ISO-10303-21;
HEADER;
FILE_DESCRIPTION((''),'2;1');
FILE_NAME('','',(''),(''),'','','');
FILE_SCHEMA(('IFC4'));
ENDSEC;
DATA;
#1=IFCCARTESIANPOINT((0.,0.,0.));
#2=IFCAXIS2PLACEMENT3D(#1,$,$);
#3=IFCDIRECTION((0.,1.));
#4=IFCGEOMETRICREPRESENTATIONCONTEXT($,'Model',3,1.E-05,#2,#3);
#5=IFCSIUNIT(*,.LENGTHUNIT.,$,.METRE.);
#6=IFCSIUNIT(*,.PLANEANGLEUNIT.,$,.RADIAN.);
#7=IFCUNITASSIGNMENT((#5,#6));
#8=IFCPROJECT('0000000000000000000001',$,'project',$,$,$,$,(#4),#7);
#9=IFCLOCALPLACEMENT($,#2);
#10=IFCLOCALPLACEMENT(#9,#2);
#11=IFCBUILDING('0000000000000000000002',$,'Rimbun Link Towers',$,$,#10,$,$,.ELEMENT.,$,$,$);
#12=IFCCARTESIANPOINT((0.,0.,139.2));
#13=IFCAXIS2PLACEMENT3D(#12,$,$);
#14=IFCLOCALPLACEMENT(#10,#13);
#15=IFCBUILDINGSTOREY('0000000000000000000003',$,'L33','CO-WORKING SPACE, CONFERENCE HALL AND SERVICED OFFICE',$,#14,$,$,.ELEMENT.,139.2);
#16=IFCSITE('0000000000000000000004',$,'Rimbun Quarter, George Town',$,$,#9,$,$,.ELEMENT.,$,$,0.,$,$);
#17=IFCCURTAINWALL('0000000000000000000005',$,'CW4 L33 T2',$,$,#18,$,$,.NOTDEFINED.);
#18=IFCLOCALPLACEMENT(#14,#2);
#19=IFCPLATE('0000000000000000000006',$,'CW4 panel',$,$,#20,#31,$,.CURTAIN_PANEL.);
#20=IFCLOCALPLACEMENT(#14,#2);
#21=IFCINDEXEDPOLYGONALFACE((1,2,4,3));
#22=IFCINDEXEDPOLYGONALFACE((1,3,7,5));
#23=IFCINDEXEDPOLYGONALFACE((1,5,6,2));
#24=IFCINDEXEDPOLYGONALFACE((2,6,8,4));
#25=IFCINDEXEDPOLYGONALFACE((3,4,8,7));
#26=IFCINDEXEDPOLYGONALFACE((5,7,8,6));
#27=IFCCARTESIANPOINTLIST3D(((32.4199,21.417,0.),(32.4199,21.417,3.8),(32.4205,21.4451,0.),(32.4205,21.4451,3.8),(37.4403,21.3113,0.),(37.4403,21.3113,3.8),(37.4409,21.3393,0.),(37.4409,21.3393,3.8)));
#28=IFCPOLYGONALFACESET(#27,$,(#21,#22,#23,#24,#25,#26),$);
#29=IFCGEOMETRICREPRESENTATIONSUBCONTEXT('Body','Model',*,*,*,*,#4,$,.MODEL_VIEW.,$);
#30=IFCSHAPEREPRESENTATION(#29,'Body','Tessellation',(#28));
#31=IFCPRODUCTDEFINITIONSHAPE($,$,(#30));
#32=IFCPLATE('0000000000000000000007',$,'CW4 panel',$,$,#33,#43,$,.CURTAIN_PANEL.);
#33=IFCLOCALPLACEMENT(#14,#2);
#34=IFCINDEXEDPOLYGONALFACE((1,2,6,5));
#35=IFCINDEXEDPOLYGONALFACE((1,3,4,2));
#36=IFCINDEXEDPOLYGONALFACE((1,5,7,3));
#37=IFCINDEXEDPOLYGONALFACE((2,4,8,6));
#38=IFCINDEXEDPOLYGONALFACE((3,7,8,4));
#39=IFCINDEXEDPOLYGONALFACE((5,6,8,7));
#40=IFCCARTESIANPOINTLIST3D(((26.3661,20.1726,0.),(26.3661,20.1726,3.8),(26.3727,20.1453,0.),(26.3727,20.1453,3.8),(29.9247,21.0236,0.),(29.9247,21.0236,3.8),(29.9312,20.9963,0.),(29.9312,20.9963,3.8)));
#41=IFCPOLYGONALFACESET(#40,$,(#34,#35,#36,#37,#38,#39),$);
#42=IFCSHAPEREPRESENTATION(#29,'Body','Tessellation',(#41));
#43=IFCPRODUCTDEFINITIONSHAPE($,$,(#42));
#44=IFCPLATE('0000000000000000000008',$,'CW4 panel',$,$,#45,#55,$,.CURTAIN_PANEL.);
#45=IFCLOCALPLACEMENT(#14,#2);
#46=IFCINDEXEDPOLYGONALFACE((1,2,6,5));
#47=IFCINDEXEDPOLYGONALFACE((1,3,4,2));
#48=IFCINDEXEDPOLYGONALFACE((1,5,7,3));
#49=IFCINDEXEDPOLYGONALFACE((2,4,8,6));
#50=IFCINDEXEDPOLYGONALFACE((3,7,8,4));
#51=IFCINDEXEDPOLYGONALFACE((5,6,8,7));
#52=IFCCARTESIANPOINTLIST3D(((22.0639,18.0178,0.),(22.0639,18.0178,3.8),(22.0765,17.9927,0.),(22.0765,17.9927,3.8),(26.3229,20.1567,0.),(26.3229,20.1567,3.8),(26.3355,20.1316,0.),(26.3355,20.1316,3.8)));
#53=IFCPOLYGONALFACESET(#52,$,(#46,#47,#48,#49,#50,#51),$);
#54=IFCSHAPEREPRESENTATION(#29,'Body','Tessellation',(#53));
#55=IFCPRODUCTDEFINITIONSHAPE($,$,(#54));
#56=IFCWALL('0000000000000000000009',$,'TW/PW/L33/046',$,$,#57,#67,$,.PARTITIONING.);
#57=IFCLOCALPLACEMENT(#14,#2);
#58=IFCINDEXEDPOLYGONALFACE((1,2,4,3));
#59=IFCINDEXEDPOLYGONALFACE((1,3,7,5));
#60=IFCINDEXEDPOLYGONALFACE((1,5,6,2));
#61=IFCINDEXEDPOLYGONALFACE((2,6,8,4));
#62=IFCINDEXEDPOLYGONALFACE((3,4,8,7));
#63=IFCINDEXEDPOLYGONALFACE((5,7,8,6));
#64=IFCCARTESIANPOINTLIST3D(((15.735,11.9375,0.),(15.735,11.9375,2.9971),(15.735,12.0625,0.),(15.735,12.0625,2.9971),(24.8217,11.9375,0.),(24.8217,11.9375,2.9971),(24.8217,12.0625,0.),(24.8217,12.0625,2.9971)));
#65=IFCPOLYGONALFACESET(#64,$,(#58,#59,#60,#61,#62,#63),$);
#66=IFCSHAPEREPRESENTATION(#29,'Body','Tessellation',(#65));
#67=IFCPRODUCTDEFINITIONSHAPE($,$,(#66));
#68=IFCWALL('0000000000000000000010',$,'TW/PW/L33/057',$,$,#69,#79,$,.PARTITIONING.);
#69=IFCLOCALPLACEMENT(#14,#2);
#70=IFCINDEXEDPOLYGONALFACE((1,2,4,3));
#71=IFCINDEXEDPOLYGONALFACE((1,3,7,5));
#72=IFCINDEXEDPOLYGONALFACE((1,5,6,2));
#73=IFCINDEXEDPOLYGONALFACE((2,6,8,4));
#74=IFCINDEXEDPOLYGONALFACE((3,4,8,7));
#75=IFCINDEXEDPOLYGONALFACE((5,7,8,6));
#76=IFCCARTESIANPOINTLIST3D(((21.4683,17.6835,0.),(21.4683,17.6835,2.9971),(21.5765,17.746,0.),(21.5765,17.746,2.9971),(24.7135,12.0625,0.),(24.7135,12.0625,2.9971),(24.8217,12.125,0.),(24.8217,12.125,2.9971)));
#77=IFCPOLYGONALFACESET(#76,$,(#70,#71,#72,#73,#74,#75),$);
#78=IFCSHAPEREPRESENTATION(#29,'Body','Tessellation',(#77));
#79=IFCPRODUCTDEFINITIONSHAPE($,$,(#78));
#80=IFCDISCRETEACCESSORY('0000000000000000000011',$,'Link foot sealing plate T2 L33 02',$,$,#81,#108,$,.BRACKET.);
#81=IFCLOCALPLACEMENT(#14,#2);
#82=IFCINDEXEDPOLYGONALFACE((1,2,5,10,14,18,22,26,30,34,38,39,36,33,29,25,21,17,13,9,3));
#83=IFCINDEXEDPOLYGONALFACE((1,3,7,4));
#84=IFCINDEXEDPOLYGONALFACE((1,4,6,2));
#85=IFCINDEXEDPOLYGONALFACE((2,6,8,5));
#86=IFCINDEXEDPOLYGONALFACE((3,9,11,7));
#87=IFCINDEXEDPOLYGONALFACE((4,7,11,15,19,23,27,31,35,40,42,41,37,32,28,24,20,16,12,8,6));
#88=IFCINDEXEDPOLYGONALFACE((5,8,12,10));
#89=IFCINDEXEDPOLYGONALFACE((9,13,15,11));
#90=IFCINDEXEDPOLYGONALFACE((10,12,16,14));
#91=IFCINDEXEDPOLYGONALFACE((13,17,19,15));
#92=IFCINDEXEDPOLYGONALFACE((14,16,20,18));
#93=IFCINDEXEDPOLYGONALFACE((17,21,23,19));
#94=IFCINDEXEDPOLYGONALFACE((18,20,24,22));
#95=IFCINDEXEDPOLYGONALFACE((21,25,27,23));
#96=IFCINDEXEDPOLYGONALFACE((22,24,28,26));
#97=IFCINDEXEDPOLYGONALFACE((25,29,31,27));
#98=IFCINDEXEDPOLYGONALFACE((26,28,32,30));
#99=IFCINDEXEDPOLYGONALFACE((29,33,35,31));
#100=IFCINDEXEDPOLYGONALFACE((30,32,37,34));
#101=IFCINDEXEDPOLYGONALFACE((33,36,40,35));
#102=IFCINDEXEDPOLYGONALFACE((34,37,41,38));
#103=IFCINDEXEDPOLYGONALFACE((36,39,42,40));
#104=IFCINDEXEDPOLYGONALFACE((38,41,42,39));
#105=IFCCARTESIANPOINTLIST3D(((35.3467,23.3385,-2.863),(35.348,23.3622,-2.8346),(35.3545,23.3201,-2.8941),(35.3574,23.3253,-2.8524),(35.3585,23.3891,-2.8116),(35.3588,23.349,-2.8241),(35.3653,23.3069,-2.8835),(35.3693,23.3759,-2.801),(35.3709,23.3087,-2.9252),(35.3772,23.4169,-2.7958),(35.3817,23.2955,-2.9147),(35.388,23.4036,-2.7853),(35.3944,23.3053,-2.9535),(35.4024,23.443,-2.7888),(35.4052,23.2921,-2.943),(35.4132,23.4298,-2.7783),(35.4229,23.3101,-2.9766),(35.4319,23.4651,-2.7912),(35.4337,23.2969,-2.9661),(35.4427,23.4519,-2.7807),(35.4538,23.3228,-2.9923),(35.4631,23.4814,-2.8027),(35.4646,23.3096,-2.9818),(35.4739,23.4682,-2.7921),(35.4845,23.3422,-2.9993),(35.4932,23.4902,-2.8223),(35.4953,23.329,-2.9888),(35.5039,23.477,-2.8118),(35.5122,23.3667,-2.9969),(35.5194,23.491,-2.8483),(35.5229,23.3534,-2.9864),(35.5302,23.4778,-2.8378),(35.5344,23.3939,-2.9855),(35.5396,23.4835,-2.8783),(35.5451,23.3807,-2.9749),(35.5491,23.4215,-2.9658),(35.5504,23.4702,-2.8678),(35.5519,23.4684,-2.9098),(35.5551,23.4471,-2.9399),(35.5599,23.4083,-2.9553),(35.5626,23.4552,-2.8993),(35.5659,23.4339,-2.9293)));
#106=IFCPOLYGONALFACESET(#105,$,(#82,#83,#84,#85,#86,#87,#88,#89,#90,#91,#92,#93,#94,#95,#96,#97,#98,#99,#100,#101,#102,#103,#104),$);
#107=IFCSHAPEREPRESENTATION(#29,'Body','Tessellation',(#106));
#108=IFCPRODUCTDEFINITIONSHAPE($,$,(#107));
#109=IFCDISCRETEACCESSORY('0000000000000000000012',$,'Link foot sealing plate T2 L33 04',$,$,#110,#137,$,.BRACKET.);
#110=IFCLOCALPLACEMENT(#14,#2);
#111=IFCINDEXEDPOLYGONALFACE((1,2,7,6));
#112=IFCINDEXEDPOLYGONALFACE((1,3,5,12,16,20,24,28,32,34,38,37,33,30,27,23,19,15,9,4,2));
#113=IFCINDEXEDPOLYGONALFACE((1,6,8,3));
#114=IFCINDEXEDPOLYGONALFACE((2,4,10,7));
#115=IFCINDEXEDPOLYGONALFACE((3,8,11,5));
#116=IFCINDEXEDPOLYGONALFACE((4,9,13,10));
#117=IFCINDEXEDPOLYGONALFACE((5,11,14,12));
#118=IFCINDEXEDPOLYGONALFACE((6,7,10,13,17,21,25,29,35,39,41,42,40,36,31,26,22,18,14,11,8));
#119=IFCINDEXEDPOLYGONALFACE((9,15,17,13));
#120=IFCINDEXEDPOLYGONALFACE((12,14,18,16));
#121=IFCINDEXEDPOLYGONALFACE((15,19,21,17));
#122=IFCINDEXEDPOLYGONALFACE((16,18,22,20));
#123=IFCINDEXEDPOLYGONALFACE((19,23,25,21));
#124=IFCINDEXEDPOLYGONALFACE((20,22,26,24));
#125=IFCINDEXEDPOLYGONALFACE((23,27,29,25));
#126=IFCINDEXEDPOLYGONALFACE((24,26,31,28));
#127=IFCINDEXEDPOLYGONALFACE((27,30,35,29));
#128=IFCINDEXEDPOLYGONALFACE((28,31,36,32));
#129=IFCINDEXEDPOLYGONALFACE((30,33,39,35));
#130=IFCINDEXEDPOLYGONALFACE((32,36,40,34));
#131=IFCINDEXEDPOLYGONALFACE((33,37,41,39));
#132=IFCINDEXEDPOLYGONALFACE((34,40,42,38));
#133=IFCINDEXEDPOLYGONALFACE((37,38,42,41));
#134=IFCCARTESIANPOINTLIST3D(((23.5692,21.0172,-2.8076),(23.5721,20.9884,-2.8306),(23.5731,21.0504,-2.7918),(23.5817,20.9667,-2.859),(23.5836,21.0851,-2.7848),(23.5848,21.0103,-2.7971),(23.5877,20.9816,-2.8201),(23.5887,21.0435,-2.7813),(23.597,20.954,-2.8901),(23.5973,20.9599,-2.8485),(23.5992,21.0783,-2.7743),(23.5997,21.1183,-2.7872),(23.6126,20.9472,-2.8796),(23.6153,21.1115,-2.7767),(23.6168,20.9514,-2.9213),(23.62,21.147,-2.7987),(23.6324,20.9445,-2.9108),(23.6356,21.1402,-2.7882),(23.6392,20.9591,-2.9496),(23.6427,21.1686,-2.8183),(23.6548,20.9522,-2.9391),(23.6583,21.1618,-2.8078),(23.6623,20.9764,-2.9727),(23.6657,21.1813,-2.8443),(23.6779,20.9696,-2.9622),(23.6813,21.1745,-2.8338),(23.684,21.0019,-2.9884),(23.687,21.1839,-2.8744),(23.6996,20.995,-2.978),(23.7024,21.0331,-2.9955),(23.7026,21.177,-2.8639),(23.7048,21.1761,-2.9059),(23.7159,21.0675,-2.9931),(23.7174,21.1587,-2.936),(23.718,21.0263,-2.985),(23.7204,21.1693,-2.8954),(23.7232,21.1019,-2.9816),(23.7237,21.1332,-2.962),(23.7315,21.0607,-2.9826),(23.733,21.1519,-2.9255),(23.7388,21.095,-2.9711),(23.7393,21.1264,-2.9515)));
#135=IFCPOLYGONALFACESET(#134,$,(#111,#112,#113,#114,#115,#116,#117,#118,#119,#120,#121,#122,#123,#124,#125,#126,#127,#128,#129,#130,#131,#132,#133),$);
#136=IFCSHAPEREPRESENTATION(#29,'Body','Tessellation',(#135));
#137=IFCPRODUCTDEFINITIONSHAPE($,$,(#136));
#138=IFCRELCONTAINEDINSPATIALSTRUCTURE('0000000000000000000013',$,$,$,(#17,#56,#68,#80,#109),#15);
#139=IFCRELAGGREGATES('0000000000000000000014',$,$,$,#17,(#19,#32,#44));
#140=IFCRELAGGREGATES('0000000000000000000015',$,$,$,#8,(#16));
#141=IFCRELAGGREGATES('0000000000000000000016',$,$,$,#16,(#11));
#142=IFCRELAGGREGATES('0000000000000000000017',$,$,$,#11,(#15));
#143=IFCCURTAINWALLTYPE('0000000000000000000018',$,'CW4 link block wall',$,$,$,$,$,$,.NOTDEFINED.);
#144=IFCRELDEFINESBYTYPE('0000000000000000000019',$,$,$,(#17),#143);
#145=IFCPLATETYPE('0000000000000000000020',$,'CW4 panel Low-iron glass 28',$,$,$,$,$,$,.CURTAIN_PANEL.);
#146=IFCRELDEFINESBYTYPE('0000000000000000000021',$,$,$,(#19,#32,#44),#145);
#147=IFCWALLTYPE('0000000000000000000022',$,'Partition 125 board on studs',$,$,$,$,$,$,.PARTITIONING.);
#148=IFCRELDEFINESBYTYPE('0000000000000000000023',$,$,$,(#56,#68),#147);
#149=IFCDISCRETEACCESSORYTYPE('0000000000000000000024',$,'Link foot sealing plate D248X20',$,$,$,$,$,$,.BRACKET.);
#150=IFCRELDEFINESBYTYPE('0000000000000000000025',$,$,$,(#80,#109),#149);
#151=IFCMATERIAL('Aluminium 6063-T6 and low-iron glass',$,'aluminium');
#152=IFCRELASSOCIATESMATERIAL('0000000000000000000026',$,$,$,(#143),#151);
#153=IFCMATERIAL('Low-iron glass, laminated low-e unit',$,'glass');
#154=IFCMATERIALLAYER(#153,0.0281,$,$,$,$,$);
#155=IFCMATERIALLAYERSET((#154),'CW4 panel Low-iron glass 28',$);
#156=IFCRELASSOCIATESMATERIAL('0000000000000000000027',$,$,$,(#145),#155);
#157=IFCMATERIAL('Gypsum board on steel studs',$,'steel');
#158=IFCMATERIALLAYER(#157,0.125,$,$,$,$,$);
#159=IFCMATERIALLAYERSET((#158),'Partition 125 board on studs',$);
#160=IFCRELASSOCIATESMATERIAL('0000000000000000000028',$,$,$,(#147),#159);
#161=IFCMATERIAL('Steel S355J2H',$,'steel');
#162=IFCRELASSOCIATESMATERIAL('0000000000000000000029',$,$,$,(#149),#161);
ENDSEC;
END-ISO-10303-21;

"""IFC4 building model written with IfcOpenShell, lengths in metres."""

from ifc_helpers import new_model, si_unit, direction, frame, frame_2d, origin, origin_2d, place, context, subcontext, project, spatial, rectangle, circle, extrude, material, layer, layer_set, material_profile, profile_set, type_object, element, aggregate, save


model = new_model("IFC4")

# Units and contexts
model_context = context("Model", 3, precision=1e-05, world=origin(), true_north=direction((0.0, 1.0)))
body_context = subcontext(model_context, "Body", "Model", "MODEL_VIEW")
ifc_project = project(units=[si_unit("LENGTHUNIT", "METRE"), si_unit("PLANEANGLEUNIT", "RADIAN")], contexts=[model_context])

# Site, building, storey
site_placement = place(None, origin())
site = spatial("IfcSite", under=ifc_project, at=site_placement, Name="Rimbun Quarter, George Town", CompositionType="ELEMENT", RefElevation=0.0)
building_placement = place(site_placement, origin())
building = spatial("IfcBuilding", under=site, at=building_placement, Name="Rimbun Link Towers", CompositionType="ELEMENT")
storey_placement = place(building_placement, frame((0.0, 0.0, 139.2)))
storey = spatial("IfcBuildingStorey", under=building, at=storey_placement, Name="L33", Description="CO-WORKING SPACE, CONFERENCE HALL AND SERVICED OFFICE", CompositionType="ELEMENT", Elevation=139.2)

# Curtain wall
ifc_material_1 = material(Name="Aluminium 6063-T6 and low-iron glass", Category="aluminium")
curtain_wall_type = type_object("IfcCurtainWallType", Name="CW4 link block wall", PredefinedType="NOTDEFINED", material=ifc_material_1)
curtain_wall_placement = place(storey_placement, origin())
curtain_wall = element("IfcCurtainWall", 1, at=curtain_wall_placement, inside=storey, type_object=curtain_wall_type, Name="CW4 L33 T2", PredefinedType="NOTDEFINED")

# Plates
ifc_material_2 = material(Name="Low-iron glass, laminated low-e unit", Category="glass")
ifc_layer_1 = layer(ifc_material_2, 0.0281)
ifc_layer_set_1 = layer_set([ifc_layer_1], Name="CW4 panel Low-iron glass 28")
plate_type = type_object("IfcPlateType", Name="CW4 panel Low-iron glass 28", PredefinedType="CURTAIN_PANEL", material=ifc_layer_set_1)
plate_1_placement = place(storey_placement, frame((34.9304, 21.3782, 0.0), z_axis=(0.0, 0.0, 1.0), x_axis=(0.999778, -0.021063, 0.0)))
plate_1 = element("IfcPlate", 2, at=plate_1_placement, type_object=plate_type, Name="CW4 panel", PredefinedType="CURTAIN_PANEL", context=body_context, shape_type="SweptSolid", body=[
    extrude(rectangle(XDim=5.0215, YDim=0.0281, at=origin_2d()), origin(), (0.0, 0.0, 1.0), 3.8),
])
plate_2_placement = place(storey_placement, frame((28.1487, 20.5845, 0.0), z_axis=(0.0, 0.0, 1.0), x_axis=(0.972575, 0.232588, 0.0)))
plate_2 = element("IfcPlate", 3, at=plate_2_placement, type_object=plate_type, Name="CW4 panel", PredefinedType="CURTAIN_PANEL", context=body_context, shape_type="SweptSolid", body=[
    extrude(rectangle(XDim=3.6589, YDim=0.0281, at=origin_2d()), origin(), (0.0, 0.0, 1.0), 3.8),
])
plate_3_placement = place(storey_placement, frame((24.1997, 19.0747, 0.0), z_axis=(0.0, 0.0, 1.0), x_axis=(0.893641, 0.448782, 0.0)))
plate_3 = element("IfcPlate", 4, at=plate_3_placement, type_object=plate_type, Name="CW4 panel", PredefinedType="CURTAIN_PANEL", context=body_context, shape_type="SweptSolid", body=[
    extrude(rectangle(XDim=4.7659, YDim=0.0281, at=origin_2d()), origin(), (0.0, 0.0, 1.0), 3.8),
])
aggregate(curtain_wall, [plate_1, plate_2, plate_3])

# Walls
ifc_material_3 = material(Name="Gypsum board on steel studs", Category="steel")
ifc_layer_2 = layer(ifc_material_3, 0.125)
ifc_layer_set_2 = layer_set([ifc_layer_2], Name="Partition 125 board on studs")
wall_type = type_object("IfcWallType", Name="Partition 125 board on studs", PredefinedType="PARTITIONING", material=ifc_layer_set_2)
wall_1_placement = place(storey_placement, frame((24.8218, 12.0, 0.0), z_axis=(0.0, 0.0, 1.0), x_axis=(-1.0, 0.0, 0.0)))
element("IfcWall", 5, at=wall_1_placement, inside=storey, type_object=wall_type, Name="TW/PW/L33/046", PredefinedType="PARTITIONING", context=body_context, shape_type="SweptSolid", body=[
    extrude(rectangle(XDim=9.0867, YDim=0.125, at=frame_2d((4.5435, 0.0))), origin(), (0.0, 0.0, 1.0), 2.9971),
])
wall_2_placement = place(storey_placement, frame((21.5225, 17.7146, 0.0), z_axis=(0.0, 0.0, 1.0), x_axis=(0.499991, -0.866031, 0.0)))
element("IfcWall", 6, at=wall_2_placement, inside=storey, type_object=wall_type, Name="TW/PW/L33/057", PredefinedType="PARTITIONING", context=body_context, shape_type="SweptSolid", body=[
    extrude(rectangle(XDim=6.4905, YDim=0.125, at=frame_2d((3.2451, 0.0))), origin(), (0.0, 0.0, 1.0), 2.9971),
])

# Discrete accessories
ifc_material_4 = material(Name="Steel S355J2H", Category="steel")
ifc_material_profile_1 = material_profile(ifc_material_4, circle(Radius=0.124, at=origin_2d()), Name="PL D248")
ifc_profile_set_1 = profile_set([ifc_material_profile_1], Name="Steel S355J2H")
discrete_accessory_type = type_object("IfcDiscreteAccessoryType", Name="Link foot sealing plate D248X20", PredefinedType="BRACKET", material=ifc_profile_set_1)
for number, where, z_axis, x_axis, name in (
    (7, (35.4614, 23.3853, -2.8835), (-0.537505, 0.659666, -0.525289), (-0.775235, -0.631673, 0.0), "Link foot sealing plate T2 L33 02"),
    (8, (23.6624, 21.0608, -2.8796), (-0.780198, 0.341337, -0.524195), (-0.400819, -0.916157, 0.0), "Link foot sealing plate T2 L33 04"),
):
    element("IfcDiscreteAccessory", number, at=place(storey_placement, frame(where, z_axis=z_axis, x_axis=x_axis)), inside=storey, type_object=discrete_accessory_type, Name=name, PredefinedType="BRACKET", context=body_context, shape_type="SweptSolid", body=[
        extrude(circle(Radius=0.124, at=origin_2d()), origin(), (0.0, 0.0, 1.0), 0.02),
    ])

save(model, "model.ifc")
